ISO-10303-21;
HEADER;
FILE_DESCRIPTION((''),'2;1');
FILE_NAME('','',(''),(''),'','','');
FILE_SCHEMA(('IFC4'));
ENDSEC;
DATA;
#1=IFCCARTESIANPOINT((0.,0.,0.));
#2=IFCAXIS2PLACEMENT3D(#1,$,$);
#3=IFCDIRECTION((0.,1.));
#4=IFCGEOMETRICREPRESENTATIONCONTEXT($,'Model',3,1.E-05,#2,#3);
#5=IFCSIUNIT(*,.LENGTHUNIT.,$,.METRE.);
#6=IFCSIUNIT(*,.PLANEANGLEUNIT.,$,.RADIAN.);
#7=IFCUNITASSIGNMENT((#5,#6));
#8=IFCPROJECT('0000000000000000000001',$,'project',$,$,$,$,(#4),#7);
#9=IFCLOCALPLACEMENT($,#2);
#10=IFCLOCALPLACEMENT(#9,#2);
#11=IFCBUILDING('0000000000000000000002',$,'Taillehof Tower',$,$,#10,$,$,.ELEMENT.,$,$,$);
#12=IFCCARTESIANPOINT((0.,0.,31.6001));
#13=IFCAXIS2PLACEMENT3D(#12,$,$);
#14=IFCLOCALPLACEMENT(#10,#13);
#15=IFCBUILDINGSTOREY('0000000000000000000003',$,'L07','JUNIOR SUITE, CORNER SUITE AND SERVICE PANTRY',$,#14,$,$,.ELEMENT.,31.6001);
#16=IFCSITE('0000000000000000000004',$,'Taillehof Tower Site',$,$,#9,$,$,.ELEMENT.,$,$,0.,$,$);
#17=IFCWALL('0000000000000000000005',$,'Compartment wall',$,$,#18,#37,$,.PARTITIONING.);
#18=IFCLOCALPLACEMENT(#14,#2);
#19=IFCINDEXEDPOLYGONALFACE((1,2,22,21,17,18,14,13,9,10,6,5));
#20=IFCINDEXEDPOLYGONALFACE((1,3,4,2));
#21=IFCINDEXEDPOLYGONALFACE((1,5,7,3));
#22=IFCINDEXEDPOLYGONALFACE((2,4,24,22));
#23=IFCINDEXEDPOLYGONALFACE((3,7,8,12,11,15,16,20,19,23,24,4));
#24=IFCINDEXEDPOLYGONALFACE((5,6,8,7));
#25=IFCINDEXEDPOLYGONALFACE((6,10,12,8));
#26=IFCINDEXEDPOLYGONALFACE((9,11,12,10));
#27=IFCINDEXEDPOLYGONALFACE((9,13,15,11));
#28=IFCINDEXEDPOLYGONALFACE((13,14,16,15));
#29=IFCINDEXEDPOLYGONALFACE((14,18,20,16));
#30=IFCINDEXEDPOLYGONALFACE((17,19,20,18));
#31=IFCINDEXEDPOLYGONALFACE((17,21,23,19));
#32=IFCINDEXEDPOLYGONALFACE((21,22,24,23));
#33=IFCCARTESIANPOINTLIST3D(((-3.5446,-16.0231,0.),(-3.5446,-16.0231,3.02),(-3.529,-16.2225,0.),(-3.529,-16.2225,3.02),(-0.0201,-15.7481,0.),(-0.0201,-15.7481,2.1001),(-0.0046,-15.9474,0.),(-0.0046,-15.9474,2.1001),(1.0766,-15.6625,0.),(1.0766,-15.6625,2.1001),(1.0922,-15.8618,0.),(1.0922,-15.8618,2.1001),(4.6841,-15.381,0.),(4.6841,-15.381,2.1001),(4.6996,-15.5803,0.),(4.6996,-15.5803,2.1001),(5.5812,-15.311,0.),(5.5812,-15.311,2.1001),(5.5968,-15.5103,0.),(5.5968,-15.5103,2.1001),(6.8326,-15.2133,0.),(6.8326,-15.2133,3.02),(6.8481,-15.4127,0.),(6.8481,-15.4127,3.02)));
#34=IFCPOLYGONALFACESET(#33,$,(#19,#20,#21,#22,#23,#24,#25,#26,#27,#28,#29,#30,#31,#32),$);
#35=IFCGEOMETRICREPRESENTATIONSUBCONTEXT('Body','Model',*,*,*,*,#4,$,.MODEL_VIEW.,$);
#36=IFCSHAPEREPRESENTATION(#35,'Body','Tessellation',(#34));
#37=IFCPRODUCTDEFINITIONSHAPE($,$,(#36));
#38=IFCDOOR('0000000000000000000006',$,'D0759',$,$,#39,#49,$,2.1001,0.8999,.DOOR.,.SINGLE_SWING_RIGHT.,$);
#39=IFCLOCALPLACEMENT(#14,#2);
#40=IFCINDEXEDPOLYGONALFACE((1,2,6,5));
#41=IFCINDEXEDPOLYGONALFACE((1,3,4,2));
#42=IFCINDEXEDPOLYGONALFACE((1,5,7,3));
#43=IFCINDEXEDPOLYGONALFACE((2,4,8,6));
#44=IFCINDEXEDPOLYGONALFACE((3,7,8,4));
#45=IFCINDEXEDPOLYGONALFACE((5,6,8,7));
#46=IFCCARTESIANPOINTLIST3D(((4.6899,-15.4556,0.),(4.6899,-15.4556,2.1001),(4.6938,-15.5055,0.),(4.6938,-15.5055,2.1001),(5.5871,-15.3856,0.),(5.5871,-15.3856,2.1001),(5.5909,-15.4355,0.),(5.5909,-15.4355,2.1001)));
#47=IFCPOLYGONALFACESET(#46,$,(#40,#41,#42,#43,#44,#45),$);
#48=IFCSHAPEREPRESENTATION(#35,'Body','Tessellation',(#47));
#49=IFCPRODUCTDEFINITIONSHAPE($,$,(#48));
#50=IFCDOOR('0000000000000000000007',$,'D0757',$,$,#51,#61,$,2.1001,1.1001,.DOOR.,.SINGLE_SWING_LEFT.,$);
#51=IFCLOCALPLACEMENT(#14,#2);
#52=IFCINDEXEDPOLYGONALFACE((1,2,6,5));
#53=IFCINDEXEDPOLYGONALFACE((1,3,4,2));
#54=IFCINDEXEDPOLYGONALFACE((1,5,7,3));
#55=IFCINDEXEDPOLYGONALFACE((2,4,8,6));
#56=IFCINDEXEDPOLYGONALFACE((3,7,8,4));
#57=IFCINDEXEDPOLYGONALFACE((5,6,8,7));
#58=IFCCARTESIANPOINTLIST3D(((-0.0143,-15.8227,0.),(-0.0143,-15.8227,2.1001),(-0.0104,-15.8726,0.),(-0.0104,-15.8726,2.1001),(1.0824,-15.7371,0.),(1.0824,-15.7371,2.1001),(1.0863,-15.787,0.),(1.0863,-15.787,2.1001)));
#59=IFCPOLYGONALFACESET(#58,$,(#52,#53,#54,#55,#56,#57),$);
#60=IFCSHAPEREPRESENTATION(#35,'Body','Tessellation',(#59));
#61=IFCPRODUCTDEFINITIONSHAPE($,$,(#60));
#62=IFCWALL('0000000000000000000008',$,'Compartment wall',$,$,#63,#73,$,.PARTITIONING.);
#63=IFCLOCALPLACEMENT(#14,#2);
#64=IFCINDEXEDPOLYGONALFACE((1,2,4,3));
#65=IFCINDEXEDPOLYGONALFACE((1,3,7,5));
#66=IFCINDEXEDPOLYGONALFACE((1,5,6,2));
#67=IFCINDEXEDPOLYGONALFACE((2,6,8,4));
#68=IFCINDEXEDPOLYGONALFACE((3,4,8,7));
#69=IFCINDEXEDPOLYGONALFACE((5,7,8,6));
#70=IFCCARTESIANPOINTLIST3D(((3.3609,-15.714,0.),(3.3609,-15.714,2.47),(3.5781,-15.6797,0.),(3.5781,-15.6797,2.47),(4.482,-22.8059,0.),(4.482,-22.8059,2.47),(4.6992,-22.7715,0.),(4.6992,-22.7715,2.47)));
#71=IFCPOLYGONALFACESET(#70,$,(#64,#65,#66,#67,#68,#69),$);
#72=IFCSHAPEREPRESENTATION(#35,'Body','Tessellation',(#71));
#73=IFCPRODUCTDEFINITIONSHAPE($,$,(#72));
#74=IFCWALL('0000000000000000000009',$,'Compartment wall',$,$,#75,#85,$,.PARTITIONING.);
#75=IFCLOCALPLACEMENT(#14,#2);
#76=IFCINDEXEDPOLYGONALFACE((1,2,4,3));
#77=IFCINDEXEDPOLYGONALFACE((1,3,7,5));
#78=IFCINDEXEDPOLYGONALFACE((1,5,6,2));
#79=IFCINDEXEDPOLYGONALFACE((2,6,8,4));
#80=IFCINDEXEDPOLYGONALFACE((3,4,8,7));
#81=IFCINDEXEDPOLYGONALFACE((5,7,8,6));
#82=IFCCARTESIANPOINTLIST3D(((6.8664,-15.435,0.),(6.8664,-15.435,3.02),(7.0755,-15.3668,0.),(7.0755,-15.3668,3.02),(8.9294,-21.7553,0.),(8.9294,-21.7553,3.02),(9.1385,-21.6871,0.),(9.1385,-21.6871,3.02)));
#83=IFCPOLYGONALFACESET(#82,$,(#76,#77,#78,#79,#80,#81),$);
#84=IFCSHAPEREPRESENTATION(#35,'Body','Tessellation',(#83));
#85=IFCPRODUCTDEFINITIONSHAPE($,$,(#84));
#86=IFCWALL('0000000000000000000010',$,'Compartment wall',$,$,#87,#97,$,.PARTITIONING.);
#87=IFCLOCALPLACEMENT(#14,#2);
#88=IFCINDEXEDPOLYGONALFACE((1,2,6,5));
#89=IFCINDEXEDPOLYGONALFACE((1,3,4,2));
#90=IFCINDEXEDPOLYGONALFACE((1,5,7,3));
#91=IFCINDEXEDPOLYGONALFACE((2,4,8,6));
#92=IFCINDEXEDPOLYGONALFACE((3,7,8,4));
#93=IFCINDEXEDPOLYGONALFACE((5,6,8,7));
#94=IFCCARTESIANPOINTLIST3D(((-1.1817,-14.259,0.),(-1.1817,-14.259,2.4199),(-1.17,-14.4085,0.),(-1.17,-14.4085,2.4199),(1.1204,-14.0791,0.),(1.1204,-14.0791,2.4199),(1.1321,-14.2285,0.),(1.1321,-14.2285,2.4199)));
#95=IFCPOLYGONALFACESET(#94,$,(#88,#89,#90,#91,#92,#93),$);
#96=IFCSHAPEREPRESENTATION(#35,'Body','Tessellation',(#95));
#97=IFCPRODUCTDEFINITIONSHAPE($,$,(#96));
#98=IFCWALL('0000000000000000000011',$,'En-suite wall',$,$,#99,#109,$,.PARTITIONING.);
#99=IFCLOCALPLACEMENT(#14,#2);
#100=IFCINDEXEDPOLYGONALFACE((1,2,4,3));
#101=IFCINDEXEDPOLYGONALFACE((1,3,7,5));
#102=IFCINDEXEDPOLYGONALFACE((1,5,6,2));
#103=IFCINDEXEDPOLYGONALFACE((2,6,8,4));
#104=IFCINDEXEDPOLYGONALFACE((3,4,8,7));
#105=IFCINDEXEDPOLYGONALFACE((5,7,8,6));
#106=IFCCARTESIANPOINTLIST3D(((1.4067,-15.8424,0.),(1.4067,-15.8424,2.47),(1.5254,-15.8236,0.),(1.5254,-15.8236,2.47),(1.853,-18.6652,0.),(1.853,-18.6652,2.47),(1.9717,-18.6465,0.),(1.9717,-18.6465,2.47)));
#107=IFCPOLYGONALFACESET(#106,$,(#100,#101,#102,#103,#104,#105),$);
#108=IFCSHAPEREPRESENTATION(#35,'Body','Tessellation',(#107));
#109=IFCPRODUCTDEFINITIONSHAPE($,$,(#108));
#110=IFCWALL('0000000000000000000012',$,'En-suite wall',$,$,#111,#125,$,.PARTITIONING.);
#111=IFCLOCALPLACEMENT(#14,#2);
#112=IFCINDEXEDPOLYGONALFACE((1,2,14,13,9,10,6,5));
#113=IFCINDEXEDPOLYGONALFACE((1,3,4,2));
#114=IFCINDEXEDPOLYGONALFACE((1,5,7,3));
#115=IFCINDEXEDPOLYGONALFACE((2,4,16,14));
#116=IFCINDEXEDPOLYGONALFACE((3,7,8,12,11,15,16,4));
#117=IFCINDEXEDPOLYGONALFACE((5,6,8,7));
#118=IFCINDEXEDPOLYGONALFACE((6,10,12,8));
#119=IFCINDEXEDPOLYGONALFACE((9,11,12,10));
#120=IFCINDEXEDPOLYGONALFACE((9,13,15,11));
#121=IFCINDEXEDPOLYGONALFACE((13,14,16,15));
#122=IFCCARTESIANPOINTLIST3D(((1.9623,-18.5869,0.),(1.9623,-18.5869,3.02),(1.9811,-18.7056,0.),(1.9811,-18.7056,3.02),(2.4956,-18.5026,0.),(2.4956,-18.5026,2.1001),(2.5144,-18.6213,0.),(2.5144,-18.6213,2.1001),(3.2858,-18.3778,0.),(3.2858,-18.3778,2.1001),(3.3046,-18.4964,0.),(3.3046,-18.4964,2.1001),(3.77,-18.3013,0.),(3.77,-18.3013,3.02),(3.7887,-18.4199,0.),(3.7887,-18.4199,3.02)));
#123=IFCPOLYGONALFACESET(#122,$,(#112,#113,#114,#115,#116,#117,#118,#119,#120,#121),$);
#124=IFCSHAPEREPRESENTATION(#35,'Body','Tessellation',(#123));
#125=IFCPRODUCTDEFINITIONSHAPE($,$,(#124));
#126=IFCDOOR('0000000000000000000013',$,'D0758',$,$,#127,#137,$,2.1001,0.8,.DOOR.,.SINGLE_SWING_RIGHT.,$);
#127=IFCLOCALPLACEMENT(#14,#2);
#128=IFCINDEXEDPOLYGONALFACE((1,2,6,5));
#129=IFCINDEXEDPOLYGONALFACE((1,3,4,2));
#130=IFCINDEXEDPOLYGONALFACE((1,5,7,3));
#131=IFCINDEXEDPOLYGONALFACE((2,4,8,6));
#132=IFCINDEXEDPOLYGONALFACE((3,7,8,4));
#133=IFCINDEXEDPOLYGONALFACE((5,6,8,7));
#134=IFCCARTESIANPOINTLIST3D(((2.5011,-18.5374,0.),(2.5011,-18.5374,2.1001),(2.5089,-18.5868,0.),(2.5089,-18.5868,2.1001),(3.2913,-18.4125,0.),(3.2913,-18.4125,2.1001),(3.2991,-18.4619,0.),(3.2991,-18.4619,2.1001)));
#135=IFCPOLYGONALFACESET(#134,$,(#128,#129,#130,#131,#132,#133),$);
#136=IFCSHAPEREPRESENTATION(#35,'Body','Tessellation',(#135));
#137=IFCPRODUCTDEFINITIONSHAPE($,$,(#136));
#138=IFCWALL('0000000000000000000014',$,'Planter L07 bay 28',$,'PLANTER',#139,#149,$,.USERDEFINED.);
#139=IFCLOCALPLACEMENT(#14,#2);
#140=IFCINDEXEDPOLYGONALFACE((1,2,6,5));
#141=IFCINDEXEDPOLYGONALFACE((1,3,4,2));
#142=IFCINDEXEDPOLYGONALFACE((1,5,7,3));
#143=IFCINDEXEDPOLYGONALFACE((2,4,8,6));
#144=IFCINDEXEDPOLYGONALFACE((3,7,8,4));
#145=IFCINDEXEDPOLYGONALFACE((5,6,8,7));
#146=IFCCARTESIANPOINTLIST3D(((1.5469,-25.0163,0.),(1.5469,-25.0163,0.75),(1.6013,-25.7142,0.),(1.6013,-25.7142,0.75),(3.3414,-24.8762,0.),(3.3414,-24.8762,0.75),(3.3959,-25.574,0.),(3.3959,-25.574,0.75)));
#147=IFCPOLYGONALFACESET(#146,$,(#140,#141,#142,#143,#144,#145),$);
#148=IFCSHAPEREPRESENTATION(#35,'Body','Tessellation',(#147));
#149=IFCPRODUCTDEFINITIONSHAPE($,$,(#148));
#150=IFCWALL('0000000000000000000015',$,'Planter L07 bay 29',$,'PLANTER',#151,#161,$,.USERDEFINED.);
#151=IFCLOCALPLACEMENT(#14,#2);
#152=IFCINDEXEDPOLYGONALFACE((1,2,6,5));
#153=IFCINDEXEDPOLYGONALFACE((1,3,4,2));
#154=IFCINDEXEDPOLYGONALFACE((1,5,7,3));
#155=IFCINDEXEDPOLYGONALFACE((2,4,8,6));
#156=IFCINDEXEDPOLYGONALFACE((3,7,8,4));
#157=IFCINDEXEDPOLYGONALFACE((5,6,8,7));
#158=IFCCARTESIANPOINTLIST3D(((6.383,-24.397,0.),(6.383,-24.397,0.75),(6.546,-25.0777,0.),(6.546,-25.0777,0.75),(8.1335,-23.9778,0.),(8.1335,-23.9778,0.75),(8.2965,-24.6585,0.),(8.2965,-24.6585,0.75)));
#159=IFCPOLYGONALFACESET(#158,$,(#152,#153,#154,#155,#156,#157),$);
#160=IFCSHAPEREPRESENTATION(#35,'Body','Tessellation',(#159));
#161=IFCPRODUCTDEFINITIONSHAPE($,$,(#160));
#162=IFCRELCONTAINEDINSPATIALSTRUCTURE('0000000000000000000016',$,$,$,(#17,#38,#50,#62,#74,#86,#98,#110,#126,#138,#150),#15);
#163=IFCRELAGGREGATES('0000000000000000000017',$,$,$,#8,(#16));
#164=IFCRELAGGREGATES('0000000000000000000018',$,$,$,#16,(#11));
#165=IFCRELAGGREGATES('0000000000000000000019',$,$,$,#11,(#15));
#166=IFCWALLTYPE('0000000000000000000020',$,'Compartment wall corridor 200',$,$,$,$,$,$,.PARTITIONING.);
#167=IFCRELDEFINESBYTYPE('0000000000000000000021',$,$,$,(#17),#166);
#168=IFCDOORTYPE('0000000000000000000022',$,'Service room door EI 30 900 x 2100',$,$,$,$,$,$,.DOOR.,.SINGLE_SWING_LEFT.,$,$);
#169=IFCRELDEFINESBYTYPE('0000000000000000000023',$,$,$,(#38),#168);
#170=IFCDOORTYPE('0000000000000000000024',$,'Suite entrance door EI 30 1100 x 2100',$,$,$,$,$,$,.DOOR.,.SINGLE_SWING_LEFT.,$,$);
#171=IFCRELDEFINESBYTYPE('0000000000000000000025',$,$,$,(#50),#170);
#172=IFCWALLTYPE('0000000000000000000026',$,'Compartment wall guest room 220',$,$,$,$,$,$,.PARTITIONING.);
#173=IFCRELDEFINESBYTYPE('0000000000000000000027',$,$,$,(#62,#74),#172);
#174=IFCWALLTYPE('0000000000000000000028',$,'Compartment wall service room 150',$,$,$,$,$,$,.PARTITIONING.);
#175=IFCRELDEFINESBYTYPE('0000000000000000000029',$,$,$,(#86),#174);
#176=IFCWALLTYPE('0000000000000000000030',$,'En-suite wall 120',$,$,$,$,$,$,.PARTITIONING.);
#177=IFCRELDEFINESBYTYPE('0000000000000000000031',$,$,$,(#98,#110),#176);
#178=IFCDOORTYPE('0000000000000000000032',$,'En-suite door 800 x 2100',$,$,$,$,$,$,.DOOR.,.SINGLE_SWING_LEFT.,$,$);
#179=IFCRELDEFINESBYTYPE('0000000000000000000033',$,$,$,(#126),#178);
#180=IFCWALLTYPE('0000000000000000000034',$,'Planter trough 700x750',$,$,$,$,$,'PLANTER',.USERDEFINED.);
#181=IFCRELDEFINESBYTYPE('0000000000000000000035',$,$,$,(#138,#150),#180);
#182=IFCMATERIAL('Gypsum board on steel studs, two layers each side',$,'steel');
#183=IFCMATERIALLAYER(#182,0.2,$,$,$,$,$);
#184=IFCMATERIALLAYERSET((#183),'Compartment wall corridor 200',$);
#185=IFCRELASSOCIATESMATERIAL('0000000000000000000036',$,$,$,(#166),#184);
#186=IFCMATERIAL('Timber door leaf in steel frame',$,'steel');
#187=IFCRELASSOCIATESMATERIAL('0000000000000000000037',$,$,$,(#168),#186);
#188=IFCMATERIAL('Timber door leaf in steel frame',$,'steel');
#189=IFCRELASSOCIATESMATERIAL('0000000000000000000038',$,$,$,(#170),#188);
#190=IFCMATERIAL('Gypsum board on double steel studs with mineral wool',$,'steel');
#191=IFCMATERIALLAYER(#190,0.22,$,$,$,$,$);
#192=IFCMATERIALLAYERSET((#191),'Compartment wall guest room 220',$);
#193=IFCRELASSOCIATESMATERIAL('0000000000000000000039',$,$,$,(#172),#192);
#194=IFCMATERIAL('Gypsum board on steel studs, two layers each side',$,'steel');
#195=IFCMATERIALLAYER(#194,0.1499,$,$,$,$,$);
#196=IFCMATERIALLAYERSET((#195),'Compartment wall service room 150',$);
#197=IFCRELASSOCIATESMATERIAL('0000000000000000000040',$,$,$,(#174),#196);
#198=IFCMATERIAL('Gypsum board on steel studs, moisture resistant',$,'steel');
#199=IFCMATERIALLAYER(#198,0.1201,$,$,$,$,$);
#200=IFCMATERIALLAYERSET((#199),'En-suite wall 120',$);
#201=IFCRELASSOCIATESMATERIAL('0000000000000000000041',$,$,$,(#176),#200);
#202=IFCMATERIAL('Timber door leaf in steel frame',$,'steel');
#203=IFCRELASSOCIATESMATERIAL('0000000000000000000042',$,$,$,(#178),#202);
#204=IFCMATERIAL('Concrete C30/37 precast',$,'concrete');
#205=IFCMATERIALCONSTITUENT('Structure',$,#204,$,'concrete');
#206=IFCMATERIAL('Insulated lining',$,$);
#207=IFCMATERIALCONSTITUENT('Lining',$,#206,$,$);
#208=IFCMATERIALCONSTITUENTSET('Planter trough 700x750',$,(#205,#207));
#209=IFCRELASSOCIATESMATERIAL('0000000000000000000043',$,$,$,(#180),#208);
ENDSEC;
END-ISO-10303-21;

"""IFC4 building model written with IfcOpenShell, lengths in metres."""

from ifc_helpers import new_model, si_unit, direction, frame, frame_2d, origin, place, context, subcontext, project, spatial, rectangle, extrude, material, layer, layer_set, constituent, constituent_set, type_object, element, fill, save


model = new_model("IFC4")

# Units and contexts
model_context = context("Model", 3, precision=1e-05, world=origin(), true_north=direction((0.0, 1.0)))
body_context = subcontext(model_context, "Body", "Model", "MODEL_VIEW")
ifc_project = project(units=[si_unit("LENGTHUNIT", "METRE"), si_unit("PLANEANGLEUNIT", "RADIAN")], contexts=[model_context])

# Site, building, storey
site_placement = place(None, origin())
site = spatial("IfcSite", under=ifc_project, at=site_placement, Name="Taillehof Tower Site", CompositionType="ELEMENT", RefElevation=0.0)
building_placement = place(site_placement, origin())
building = spatial("IfcBuilding", under=site, at=building_placement, Name="Taillehof Tower", CompositionType="ELEMENT")
storey_placement = place(building_placement, frame((0.0, 0.0, 31.6001)))
storey = spatial("IfcBuildingStorey", under=building, at=storey_placement, Name="L07", Description="JUNIOR SUITE, CORNER SUITE AND SERVICE PANTRY", CompositionType="ELEMENT", Elevation=31.6001)

# Shared definitions
ifc_material_1 = material(Name="Gypsum board on steel studs, two layers each side", Category="steel")
ifc_layer_1 = layer(ifc_material_1, 0.2)
ifc_layer_set_1 = layer_set([ifc_layer_1], Name="Compartment wall corridor 200")
wall_type_1 = type_object("IfcWallType", Name="Compartment wall corridor 200", PredefinedType="PARTITIONING", material=ifc_layer_set_1)

# Wall, openings, doors
wall_1_placement = place(storey_placement, frame((6.8403, -15.313, 0.0), z_axis=(0.0, 0.0, 1.0), x_axis=(-0.996969, -0.077801, 0.0)))
wall_1 = element("IfcWall", 1, at=wall_1_placement, inside=storey, type_object=wall_type_1, Name="Compartment wall", PredefinedType="PARTITIONING", context=body_context, shape_type="SweptSolid", body=[
    extrude(rectangle(XDim=10.4087, YDim=0.2, at=frame_2d((5.2043, 0.0))), origin(), (0.0, 0.0, 1.0), 3.02),
])
opening_1_placement = place(wall_1_placement, frame((5.7734, 0.0, 0.0)))
opening_1 = element("IfcOpeningElement", 2, at=opening_1_placement, cuts=wall_1, PredefinedType="OPENING", context=body_context, shape_type="SweptSolid", body=[
    extrude(rectangle(XDim=1.1001, YDim=2.1001, at=frame_2d((0.55, 1.05))), frame((0.0, 0.1099, 0.0), z_axis=(0.0, -1.0, 0.0), x_axis=(1.0, 0.0, 0.0)), (0.0, 0.0, 1.0), 0.22),
])
opening_2_placement = place(wall_1_placement, frame((1.2551, 0.0, 0.0)))
opening_2 = element("IfcOpeningElement", 3, at=opening_2_placement, cuts=wall_1, PredefinedType="OPENING", context=body_context, shape_type="SweptSolid", body=[
    extrude(rectangle(XDim=0.8999, YDim=2.1001, at=frame_2d((0.45, 1.05))), frame((0.0, 0.1099, 0.0), z_axis=(0.0, -1.0, 0.0), x_axis=(1.0, 0.0, 0.0)), (0.0, 0.0, 1.0), 0.22),
])
ifc_material_2 = material(Name="Timber door leaf in steel frame", Category="steel")
door_type_1 = type_object("IfcDoorType", Name="Service room door EI 30 900 x 2100", OperationType="SINGLE_SWING_LEFT", PredefinedType="DOOR", material=ifc_material_2)
door_1_placement = place(opening_2_placement, origin())
door_1 = element("IfcDoor", 4, at=door_1_placement, inside=storey, type_object=door_type_1, Name="D0759", OperationType="SINGLE_SWING_RIGHT", OverallHeight=2.1001, OverallWidth=0.8999, PredefinedType="DOOR", context=body_context, shape_type="SweptSolid", body=[
    extrude(rectangle(XDim=0.8999, YDim=2.1001, at=frame_2d((0.45, 1.05))), frame((0.0, 0.0249, 0.0), z_axis=(0.0, -1.0, 0.0), x_axis=(1.0, 0.0, 0.0)), (0.0, 0.0, 1.0), 0.05),
])
fill(opening_2, door_1)
ifc_material_3 = material(Name="Timber door leaf in steel frame", Category="steel")
door_type_2 = type_object("IfcDoorType", Name="Suite entrance door EI 30 1100 x 2100", OperationType="SINGLE_SWING_LEFT", PredefinedType="DOOR", material=ifc_material_3)
door_2_placement = place(opening_1_placement, origin())
door_2 = element("IfcDoor", 5, at=door_2_placement, inside=storey, type_object=door_type_2, Name="D0757", OperationType="SINGLE_SWING_LEFT", OverallHeight=2.1001, OverallWidth=1.1001, PredefinedType="DOOR", context=body_context, shape_type="SweptSolid", body=[
    extrude(rectangle(XDim=1.1001, YDim=2.1001, at=frame_2d((0.55, 1.05))), frame((0.0, 0.0249, 0.0), z_axis=(0.0, -1.0, 0.0), x_axis=(1.0, 0.0, 0.0)), (0.0, 0.0, 1.0), 0.05),
])
fill(opening_1, door_2)

# Walls
ifc_material_4 = material(Name="Gypsum board on double steel studs with mineral wool", Category="steel")
ifc_layer_2 = layer(ifc_material_4, 0.22)
ifc_layer_set_2 = layer_set([ifc_layer_2], Name="Compartment wall guest room 220")
wall_type_2 = type_object("IfcWallType", Name="Compartment wall guest room 220", PredefinedType="PARTITIONING", material=ifc_layer_set_2)
wall_2_placement = place(storey_placement, frame((4.5906, -22.7886, 0.0), z_axis=(0.0, 0.0, 1.0), x_axis=(-0.156144, 0.987734, 0.0)))
element("IfcWall", 6, at=wall_2_placement, inside=storey, type_object=wall_type_2, Name="Compartment wall", PredefinedType="PARTITIONING", context=body_context, shape_type="SweptSolid", body=[
    extrude(rectangle(XDim=7.1799, YDim=0.22, at=frame_2d((3.5898, 0.0))), origin(), (0.0, 0.0, 1.0), 2.47),
])
wall_3_placement = place(storey_placement, frame((9.0339, -21.7212, 0.0), z_axis=(0.0, 0.0, 1.0), x_axis=(-0.310295, 0.95064, 0.0)))
element("IfcWall", 7, at=wall_3_placement, inside=storey, type_object=wall_type_2, Name="Compartment wall", PredefinedType="PARTITIONING", context=body_context, shape_type="SweptSolid", body=[
    extrude(rectangle(XDim=6.6484, YDim=0.22, at=frame_2d((3.3242, 0.0))), origin(), (0.0, 0.0, 1.0), 3.02),
])
ifc_material_5 = material(Name="Gypsum board on steel studs, two layers each side", Category="steel")
ifc_layer_3 = layer(ifc_material_5, 0.1499)
ifc_layer_set_3 = layer_set([ifc_layer_3], Name="Compartment wall service room 150")
wall_type_3 = type_object("IfcWallType", Name="Compartment wall service room 150", PredefinedType="PARTITIONING", material=ifc_layer_set_3)
wall_4_placement = place(storey_placement, frame((1.1262, -14.1538, 0.0), z_axis=(0.0, 0.0, 1.0), x_axis=(-0.996959, -0.077925, 0.0)))
element("IfcWall", 8, at=wall_4_placement, inside=storey, type_object=wall_type_3, Name="Compartment wall", PredefinedType="PARTITIONING", context=body_context, shape_type="SweptSolid", body=[
    extrude(rectangle(XDim=2.3091, YDim=0.1499, at=frame_2d((1.1545, 0.0))), origin(), (0.0, 0.0, 1.0), 2.4199),
])
ifc_material_6 = material(Name="Gypsum board on steel studs, moisture resistant", Category="steel")
ifc_layer_4 = layer(ifc_material_6, 0.1201)
ifc_layer_set_4 = layer_set([ifc_layer_4], Name="En-suite wall 120")
wall_type_4 = type_object("IfcWallType", Name="En-suite wall 120", PredefinedType="PARTITIONING", material=ifc_layer_set_4)
wall_5_placement = place(storey_placement, frame((1.4661, -15.833, 0.0), z_axis=(0.0, 0.0, 1.0), x_axis=(0.156164, -0.987731, 0.0)))
element("IfcWall", 9, at=wall_5_placement, inside=storey, type_object=wall_type_4, Name="En-suite wall", PredefinedType="PARTITIONING", context=body_context, shape_type="SweptSolid", body=[
    extrude(rectangle(XDim=2.8579, YDim=0.1201, at=frame_2d((1.429, 0.0))), origin(), (0.0, 0.0, 1.0), 2.47),
])

# Wall, opening, door
wall_6_placement = place(storey_placement, frame((1.9717, -18.6462, 0.0), z_axis=(0.0, 0.0, 1.0), x_axis=(0.987743, 0.156086, 0.0)))
wall_6 = element("IfcWall", 10, at=wall_6_placement, inside=storey, type_object=wall_type_4, Name="En-suite wall", PredefinedType="PARTITIONING", context=body_context, shape_type="SweptSolid", body=[
    extrude(rectangle(XDim=1.8301, YDim=0.1201, at=frame_2d((0.915, 0.0))), origin(), (0.0, 0.0, 1.0), 3.02),
])
opening_3_placement = place(wall_6_placement, frame((0.54, 0.0, 0.0)))
opening_3 = element("IfcOpeningElement", 11, at=opening_3_placement, cuts=wall_6, PredefinedType="OPENING", context=body_context, shape_type="SweptSolid", body=[
    extrude(rectangle(XDim=0.8, YDim=2.1001, at=frame_2d((0.3999, 1.05))), frame((0.0, 0.0701, 0.0), z_axis=(0.0, -1.0, 0.0), x_axis=(1.0, 0.0, 0.0)), (0.0, 0.0, 1.0), 0.1401),
])
ifc_material_7 = material(Name="Timber door leaf in steel frame", Category="steel")
door_type_3 = type_object("IfcDoorType", Name="En-suite door 800 x 2100", OperationType="SINGLE_SWING_LEFT", PredefinedType="DOOR", material=ifc_material_7)
door_3_placement = place(opening_3_placement, origin())
door_3 = element("IfcDoor", 12, at=door_3_placement, inside=storey, type_object=door_type_3, Name="D0758", OperationType="SINGLE_SWING_RIGHT", OverallHeight=2.1001, OverallWidth=0.8, PredefinedType="DOOR", context=body_context, shape_type="SweptSolid", body=[
    extrude(rectangle(XDim=0.8, YDim=2.1001, at=frame_2d((0.3999, 1.05))), frame((0.0, 0.0249, 0.0), z_axis=(0.0, -1.0, 0.0), x_axis=(1.0, 0.0, 0.0)), (0.0, 0.0, 1.0), 0.05),
])
fill(opening_3, door_3)

# Walls
ifc_material_8 = material(Name="Concrete C30/37 precast", Category="concrete")
ifc_constituent_1 = constituent(ifc_material_8, Name="Structure", Category="concrete")
ifc_material_9 = material(Name="Insulated lining")
ifc_constituent_2 = constituent(ifc_material_9, Name="Lining")
ifc_constituent_set = constituent_set(constituents=[ifc_constituent_1, ifc_constituent_2], Name="Planter trough 700x750")
wall_type_5 = type_object("IfcWallType", Name="Planter trough 700x750", ElementType="PLANTER", PredefinedType="USERDEFINED", material=ifc_constituent_set)
for number, where, z_axis, x_axis, name in (
    (13, (1.5742, -25.3652, 0.0), (0.0, 0.0, 1.0), (0.996965, 0.077848, 0.0), "Planter L07 bay 28"),
    (14, (6.4646, -24.7373, 0.0), (0.0, 0.0, 1.0), (0.972504, 0.232886, 0.0), "Planter L07 bay 29"),
):
    element("IfcWall", number, at=place(storey_placement, frame(where, z_axis=z_axis, x_axis=x_axis)), inside=storey, type_object=wall_type_5, Name=name, ObjectType="PLANTER", PredefinedType="USERDEFINED", context=body_context, shape_type="SweptSolid", body=[
        extrude(rectangle(XDim=1.8, YDim=0.7, at=frame_2d((0.8999, 0.0))), origin(), (0.0, 0.0, 1.0), 0.75),
    ])

save(model, "model.ifc")
